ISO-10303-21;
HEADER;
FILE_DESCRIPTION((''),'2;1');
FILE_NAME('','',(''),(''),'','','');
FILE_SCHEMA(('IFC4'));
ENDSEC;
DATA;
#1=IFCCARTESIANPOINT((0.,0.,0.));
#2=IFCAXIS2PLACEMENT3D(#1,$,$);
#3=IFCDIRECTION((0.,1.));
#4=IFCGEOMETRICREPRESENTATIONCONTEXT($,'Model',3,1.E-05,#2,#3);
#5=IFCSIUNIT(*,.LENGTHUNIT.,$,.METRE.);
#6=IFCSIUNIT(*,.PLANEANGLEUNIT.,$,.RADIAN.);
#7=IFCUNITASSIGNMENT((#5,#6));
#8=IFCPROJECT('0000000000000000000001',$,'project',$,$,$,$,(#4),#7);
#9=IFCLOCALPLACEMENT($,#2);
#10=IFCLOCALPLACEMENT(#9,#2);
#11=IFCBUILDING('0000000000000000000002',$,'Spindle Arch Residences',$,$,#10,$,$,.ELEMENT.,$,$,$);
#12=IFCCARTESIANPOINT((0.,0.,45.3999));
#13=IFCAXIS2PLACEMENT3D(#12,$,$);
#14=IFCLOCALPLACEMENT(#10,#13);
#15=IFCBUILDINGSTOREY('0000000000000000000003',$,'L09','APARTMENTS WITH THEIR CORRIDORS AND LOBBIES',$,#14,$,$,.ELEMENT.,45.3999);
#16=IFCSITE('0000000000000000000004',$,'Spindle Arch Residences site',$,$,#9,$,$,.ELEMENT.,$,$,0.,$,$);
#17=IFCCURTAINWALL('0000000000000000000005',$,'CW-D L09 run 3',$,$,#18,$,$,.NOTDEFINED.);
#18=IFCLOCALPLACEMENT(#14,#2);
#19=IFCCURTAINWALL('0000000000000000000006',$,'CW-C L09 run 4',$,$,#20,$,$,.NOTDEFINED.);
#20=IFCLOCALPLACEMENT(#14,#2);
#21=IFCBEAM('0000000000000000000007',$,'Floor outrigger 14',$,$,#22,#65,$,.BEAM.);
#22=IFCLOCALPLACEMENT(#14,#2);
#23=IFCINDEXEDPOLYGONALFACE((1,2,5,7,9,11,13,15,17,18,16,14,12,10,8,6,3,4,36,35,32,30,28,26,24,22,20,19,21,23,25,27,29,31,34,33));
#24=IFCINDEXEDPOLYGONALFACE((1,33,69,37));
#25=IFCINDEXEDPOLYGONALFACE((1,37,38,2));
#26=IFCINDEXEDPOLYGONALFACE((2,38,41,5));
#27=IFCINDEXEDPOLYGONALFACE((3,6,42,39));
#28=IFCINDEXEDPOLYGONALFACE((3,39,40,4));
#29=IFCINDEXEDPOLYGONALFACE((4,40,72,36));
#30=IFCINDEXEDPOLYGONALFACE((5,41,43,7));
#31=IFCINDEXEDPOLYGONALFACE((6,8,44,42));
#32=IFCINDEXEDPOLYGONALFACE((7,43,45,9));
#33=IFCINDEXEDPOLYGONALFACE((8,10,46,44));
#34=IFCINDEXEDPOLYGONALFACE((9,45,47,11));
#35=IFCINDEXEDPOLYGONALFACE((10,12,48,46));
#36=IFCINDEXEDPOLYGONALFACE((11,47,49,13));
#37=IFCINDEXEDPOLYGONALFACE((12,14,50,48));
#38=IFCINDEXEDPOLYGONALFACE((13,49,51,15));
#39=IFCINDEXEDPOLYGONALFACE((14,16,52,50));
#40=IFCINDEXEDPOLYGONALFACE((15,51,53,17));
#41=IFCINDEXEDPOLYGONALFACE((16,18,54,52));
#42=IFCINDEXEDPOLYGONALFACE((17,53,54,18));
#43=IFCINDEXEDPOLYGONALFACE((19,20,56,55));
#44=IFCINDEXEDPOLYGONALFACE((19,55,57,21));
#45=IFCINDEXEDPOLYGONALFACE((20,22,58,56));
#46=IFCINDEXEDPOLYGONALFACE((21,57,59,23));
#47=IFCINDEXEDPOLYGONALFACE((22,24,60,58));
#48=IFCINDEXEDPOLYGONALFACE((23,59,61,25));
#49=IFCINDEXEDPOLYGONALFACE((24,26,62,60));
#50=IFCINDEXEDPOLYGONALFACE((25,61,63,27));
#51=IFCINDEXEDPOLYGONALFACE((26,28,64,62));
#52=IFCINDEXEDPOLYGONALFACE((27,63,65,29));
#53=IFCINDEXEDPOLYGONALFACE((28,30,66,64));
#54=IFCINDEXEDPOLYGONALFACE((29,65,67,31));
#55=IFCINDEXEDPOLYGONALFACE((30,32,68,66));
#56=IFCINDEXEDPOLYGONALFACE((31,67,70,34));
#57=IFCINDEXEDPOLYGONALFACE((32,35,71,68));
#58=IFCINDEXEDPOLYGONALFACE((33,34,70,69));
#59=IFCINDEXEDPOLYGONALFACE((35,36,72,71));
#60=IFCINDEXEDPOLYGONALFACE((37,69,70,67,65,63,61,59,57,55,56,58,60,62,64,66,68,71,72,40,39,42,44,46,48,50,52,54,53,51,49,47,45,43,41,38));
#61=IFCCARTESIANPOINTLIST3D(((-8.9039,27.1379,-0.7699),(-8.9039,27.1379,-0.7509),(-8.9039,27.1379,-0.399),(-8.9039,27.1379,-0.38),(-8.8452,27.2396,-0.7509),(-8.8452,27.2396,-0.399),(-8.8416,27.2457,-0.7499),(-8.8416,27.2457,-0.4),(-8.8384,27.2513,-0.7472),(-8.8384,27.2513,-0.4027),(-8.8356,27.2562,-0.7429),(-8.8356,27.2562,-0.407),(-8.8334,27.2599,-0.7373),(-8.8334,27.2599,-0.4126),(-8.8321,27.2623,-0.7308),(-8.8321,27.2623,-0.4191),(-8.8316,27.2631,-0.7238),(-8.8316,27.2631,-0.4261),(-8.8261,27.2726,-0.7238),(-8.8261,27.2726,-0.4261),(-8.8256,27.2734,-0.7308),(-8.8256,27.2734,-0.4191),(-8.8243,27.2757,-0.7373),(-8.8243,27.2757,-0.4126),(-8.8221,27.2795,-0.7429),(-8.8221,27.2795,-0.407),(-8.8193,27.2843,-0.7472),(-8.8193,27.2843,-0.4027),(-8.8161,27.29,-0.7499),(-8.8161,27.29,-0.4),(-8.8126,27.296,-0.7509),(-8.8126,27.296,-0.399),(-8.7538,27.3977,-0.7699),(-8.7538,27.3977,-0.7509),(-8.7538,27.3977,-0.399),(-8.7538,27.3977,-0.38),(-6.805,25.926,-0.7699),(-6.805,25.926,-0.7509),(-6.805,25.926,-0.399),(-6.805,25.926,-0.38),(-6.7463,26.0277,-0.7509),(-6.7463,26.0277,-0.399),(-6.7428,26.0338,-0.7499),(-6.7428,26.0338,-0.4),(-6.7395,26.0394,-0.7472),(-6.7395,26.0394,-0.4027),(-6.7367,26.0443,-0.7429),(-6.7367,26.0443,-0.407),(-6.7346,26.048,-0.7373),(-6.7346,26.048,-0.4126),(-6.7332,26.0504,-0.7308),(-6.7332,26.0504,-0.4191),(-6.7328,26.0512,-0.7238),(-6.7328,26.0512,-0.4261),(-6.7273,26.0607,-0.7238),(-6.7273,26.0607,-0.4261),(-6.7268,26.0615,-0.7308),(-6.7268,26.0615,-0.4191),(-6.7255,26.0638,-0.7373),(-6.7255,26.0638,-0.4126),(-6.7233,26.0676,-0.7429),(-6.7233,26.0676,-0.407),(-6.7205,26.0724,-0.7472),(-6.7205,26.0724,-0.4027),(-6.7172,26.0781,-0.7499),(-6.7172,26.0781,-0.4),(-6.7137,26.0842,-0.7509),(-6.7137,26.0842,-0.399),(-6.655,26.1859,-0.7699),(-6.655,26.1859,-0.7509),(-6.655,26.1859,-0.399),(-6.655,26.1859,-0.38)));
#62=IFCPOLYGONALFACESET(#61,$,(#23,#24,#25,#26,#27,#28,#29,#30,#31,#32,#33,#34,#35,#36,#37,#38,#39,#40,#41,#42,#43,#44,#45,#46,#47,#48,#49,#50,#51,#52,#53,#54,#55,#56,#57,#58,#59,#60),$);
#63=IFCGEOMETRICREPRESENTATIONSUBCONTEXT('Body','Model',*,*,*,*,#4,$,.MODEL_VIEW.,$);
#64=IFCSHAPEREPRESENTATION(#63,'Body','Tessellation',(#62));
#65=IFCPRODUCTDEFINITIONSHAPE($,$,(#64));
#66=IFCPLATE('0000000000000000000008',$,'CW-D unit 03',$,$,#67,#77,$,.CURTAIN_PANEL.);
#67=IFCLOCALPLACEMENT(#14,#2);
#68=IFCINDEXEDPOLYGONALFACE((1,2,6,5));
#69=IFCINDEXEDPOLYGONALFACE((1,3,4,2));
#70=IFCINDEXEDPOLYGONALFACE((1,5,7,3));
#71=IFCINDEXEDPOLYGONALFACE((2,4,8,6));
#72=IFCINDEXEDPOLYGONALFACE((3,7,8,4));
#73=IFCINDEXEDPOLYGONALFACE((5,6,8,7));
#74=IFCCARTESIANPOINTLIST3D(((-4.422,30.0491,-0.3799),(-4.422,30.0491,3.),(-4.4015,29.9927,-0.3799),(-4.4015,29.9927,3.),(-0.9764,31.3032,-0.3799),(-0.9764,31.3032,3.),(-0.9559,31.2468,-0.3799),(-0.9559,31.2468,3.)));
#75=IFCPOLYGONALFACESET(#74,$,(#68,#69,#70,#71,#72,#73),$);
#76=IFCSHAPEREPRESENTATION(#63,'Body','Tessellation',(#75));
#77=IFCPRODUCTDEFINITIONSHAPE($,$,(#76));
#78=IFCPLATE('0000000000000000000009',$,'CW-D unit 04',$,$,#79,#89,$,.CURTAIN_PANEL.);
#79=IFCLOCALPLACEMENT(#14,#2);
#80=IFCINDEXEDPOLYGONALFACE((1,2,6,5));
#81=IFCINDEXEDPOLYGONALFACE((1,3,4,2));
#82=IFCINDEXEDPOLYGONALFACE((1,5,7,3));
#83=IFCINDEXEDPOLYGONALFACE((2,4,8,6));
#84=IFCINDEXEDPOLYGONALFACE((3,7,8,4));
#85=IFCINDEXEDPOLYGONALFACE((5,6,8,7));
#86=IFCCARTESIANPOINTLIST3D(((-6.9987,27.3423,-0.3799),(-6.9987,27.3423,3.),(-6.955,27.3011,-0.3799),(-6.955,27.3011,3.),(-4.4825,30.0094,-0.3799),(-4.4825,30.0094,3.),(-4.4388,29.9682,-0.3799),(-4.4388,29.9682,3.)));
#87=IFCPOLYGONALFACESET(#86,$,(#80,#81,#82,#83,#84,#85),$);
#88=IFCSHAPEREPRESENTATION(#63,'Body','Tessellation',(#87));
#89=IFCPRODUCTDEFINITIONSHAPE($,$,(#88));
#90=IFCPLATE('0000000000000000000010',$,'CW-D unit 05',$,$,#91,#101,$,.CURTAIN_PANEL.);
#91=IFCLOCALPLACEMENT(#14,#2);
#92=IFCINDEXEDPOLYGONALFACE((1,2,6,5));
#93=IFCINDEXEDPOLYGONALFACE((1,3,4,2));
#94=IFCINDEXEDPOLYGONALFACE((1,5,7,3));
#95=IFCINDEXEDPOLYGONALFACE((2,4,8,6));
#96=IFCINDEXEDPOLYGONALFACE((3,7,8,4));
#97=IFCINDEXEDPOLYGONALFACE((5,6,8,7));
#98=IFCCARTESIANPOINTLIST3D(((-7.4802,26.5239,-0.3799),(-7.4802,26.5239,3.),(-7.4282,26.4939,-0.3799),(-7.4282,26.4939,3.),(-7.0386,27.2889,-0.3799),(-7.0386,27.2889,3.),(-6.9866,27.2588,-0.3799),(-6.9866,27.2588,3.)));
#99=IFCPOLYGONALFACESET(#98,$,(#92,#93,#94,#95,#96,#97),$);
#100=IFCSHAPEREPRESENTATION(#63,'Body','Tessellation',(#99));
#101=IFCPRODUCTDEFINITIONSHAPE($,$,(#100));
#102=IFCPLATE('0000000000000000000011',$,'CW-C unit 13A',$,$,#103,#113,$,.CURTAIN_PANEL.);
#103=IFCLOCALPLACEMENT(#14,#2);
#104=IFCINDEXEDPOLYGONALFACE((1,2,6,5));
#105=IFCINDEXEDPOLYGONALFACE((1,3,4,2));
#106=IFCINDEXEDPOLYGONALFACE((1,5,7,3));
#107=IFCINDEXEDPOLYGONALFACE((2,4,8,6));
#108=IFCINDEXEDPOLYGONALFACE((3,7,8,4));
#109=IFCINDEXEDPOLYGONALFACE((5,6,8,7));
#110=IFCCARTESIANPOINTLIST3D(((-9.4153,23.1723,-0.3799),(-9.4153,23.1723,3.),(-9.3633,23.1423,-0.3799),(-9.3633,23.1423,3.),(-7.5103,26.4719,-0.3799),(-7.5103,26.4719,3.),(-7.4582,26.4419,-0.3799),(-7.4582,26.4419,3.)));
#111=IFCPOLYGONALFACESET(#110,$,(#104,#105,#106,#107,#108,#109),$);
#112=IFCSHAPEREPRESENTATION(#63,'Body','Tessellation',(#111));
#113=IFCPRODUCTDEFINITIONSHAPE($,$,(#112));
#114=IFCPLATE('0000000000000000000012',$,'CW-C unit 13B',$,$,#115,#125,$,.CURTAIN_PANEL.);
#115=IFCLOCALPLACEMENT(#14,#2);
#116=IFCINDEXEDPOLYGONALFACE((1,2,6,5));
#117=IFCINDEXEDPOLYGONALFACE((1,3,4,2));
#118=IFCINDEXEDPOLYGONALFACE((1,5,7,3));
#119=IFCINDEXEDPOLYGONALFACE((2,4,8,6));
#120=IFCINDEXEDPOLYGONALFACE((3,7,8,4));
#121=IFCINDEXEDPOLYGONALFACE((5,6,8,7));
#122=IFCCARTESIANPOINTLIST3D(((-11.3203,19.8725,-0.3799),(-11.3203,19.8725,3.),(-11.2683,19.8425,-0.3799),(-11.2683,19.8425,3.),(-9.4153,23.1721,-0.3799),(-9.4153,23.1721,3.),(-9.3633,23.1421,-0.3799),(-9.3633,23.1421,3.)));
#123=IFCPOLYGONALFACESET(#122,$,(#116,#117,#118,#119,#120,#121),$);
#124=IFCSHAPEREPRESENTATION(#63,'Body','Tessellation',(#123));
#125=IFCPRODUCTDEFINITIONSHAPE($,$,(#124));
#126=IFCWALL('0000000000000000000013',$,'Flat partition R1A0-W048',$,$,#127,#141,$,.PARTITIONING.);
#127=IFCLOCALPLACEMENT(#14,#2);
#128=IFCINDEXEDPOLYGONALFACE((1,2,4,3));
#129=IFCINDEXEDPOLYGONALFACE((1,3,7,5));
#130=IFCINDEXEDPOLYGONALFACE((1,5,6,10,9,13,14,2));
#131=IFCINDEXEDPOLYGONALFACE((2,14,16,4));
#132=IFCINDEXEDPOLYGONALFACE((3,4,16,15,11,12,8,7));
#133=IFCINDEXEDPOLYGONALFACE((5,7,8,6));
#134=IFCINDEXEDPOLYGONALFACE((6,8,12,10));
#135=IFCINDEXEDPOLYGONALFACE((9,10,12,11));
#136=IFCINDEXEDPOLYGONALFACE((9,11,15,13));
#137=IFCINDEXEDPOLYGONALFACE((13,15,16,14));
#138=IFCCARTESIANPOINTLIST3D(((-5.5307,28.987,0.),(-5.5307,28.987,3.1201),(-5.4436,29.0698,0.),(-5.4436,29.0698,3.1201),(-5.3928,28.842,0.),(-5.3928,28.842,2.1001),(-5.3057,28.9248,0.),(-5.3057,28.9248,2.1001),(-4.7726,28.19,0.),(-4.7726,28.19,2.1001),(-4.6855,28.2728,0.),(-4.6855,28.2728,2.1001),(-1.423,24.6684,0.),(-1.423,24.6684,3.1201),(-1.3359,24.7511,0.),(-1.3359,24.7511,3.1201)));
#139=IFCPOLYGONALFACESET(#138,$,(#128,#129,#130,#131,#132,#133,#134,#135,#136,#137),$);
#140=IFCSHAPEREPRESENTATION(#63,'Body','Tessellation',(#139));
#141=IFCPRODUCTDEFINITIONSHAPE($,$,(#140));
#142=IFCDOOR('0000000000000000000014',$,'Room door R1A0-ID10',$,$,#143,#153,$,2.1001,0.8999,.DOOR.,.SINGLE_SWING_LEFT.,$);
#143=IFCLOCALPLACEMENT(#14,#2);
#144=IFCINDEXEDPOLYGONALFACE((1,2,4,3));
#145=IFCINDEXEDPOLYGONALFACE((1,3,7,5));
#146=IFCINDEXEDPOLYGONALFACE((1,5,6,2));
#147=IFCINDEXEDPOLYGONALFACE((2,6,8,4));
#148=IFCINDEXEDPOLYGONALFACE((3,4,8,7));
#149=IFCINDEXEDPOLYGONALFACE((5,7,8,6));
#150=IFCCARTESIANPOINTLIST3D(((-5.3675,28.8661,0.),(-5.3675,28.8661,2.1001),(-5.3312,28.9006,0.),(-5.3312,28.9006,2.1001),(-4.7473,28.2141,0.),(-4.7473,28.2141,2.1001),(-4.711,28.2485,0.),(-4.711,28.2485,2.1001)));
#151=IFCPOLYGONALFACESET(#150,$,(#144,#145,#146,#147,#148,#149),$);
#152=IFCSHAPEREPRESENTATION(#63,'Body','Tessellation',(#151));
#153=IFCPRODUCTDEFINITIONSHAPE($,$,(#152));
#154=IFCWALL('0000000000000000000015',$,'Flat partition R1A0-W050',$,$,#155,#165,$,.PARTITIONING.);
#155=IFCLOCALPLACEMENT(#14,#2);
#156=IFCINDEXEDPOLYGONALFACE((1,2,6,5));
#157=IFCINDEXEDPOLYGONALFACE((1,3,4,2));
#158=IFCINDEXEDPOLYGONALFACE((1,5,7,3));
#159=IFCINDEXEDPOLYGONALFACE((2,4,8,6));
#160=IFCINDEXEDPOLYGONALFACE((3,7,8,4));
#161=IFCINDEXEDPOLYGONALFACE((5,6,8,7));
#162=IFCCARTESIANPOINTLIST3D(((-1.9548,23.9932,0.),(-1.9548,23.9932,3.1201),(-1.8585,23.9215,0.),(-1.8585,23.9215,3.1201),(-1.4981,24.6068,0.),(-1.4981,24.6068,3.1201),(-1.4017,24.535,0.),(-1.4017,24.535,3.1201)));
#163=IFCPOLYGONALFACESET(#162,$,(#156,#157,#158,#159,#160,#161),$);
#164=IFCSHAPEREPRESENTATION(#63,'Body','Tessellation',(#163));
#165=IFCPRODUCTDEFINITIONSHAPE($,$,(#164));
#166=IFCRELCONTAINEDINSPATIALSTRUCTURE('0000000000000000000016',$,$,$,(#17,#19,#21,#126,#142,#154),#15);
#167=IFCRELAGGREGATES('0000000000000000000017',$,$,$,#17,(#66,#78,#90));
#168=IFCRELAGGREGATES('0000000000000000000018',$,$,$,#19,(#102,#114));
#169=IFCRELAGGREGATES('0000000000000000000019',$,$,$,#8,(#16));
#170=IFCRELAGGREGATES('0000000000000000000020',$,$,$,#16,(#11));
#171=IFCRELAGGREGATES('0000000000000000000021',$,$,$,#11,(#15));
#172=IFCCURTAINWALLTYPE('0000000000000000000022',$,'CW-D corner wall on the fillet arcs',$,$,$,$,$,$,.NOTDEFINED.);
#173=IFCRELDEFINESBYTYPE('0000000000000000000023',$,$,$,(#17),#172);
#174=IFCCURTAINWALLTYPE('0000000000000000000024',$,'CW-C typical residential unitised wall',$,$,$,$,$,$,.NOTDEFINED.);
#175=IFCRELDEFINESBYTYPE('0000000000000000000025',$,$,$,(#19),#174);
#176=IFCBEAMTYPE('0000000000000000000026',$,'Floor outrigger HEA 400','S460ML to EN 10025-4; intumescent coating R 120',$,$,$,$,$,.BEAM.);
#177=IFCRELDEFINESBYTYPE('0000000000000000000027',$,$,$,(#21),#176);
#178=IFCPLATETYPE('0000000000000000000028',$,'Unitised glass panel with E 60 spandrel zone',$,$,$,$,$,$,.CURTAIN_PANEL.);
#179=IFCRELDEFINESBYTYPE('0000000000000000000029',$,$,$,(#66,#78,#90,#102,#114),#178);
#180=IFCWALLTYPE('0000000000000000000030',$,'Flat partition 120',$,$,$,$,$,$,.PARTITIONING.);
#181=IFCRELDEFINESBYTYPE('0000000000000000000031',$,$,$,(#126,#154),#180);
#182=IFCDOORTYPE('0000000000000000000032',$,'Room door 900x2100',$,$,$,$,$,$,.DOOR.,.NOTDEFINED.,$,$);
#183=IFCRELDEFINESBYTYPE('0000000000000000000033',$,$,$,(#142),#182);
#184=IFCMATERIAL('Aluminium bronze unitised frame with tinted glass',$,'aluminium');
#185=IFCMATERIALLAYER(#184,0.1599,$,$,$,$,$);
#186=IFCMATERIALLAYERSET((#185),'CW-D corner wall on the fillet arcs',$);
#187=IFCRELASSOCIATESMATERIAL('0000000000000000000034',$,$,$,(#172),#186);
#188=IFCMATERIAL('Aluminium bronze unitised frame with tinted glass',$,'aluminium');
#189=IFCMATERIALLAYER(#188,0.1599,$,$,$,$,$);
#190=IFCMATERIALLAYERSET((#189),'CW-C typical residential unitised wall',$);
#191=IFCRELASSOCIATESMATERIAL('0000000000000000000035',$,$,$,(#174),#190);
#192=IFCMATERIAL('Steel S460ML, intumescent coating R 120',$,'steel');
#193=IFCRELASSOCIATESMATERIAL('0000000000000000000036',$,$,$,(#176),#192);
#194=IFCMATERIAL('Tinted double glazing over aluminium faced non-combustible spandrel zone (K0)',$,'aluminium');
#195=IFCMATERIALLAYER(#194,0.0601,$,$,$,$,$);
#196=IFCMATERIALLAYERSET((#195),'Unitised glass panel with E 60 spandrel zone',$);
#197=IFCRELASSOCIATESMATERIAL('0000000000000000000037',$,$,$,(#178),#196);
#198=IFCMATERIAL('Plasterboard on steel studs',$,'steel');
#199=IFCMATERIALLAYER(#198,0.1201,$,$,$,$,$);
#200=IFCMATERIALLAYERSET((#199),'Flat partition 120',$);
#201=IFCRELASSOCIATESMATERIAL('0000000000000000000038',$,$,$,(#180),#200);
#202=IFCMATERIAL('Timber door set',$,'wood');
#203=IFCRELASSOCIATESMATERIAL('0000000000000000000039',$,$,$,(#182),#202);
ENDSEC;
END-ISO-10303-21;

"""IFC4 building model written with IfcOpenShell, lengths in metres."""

from ifc_helpers import new_model, si_unit, direction, frame, frame_2d, origin, origin_2d, place, context, subcontext, project, spatial, rectangle, i_section, extrude, material, layer, layer_set, material_profile, profile_set, type_object, element, fill, aggregate, save


model = new_model("IFC4")

# Units and contexts
model_context = context("Model", 3, precision=1e-05, world=origin(), true_north=direction((0.0, 1.0)))
body_context = subcontext(model_context, "Body", "Model", "MODEL_VIEW")
ifc_project = project(units=[si_unit("LENGTHUNIT", "METRE"), si_unit("PLANEANGLEUNIT", "RADIAN")], contexts=[model_context])

# Site, building, storey
site_placement = place(None, origin())
site = spatial("IfcSite", under=ifc_project, at=site_placement, Name="Spindle Arch Residences site", CompositionType="ELEMENT", RefElevation=0.0)
building_placement = place(site_placement, origin())
building = spatial("IfcBuilding", under=site, at=building_placement, Name="Spindle Arch Residences", CompositionType="ELEMENT")
storey_placement = place(building_placement, frame((0.0, 0.0, 45.3999)))
storey = spatial("IfcBuildingStorey", under=building, at=storey_placement, Name="L09", Description="APARTMENTS WITH THEIR CORRIDORS AND LOBBIES", CompositionType="ELEMENT", Elevation=45.3999)

# Curtain wall
ifc_material_1 = material(Name="Aluminium bronze unitised frame with tinted glass", Category="aluminium")
ifc_layer_1 = layer(ifc_material_1, 0.1599)
ifc_layer_set_1 = layer_set([ifc_layer_1], Name="CW-D corner wall on the fillet arcs")
curtain_wall_type_1 = type_object("IfcCurtainWallType", Name="CW-D corner wall on the fillet arcs", PredefinedType="NOTDEFINED", material=ifc_layer_set_1)
curtain_wall_1_placement = place(storey_placement, origin())
curtain_wall_1 = element("IfcCurtainWall", 1, at=curtain_wall_1_placement, inside=storey, type_object=curtain_wall_type_1, Name="CW-D L09 run 3", PredefinedType="NOTDEFINED")

# Curtain wall
ifc_material_2 = material(Name="Aluminium bronze unitised frame with tinted glass", Category="aluminium")
ifc_layer_2 = layer(ifc_material_2, 0.1599)
ifc_layer_set_2 = layer_set([ifc_layer_2], Name="CW-C typical residential unitised wall")
curtain_wall_type_2 = type_object("IfcCurtainWallType", Name="CW-C typical residential unitised wall", PredefinedType="NOTDEFINED", material=ifc_layer_set_2)
curtain_wall_2_placement = place(storey_placement, origin())
curtain_wall_2 = element("IfcCurtainWall", 2, at=curtain_wall_2_placement, inside=storey, type_object=curtain_wall_type_2, Name="CW-C L09 run 4", PredefinedType="NOTDEFINED")

# Beam
ifc_material_3 = material(Name="Steel S460ML, intumescent coating R 120", Category="steel")
ifc_material_profile_1 = material_profile(ifc_material_3, i_section(OverallWidth=0.3, OverallDepth=0.3899, WebThickness=0.011, FlangeThickness=0.019, FilletRadius=0.0271, at=origin_2d()), Name="HEA 400")
ifc_profile_set_1 = profile_set([ifc_material_profile_1], Name="Steel S460ML, intumescent coating R 120")
beam_type_1 = type_object("IfcBeamType", Name="Floor outrigger HEA 400", Description="S460ML to EN 10025-4; intumescent coating R 120", PredefinedType="BEAM", material=ifc_profile_set_1)
beam_1_placement = place(storey_placement, frame((-8.8289, 27.2678, -0.575), z_axis=(0.866003, -0.500039, 0.0), x_axis=(0.500039, 0.866003, 0.0)))
element("IfcBeam", 3, at=beam_1_placement, inside=storey, type_object=beam_type_1, Name="Floor outrigger 14", PredefinedType="BEAM", context=body_context, shape_type="SweptSolid", body=[
    extrude(i_section(OverallWidth=0.3, OverallDepth=0.3899, WebThickness=0.011, FlangeThickness=0.019, FilletRadius=0.0271, at=origin_2d()), origin(), (0.0, 0.0, 1.0), 2.4236),
])

# Plates
ifc_material_4 = material(Name="Tinted double glazing over aluminium faced non-combustible spandrel zone (K0)", Category="aluminium")
ifc_layer_3 = layer(ifc_material_4, 0.0601)
ifc_layer_set_3 = layer_set([ifc_layer_3], Name="Unitised glass panel with E 60 spandrel zone")
plate_type = type_object("IfcPlateType", Name="Unitised glass panel with E 60 spandrel zone", PredefinedType="CURTAIN_PANEL", material=ifc_layer_set_3)
plate_1_placement = place(storey_placement, frame((-2.689, 30.6479, -0.3799), z_axis=(0.0, 0.0, 1.0), x_axis=(-0.939693, -0.34202, 0.0)))
plate_1 = element("IfcPlate", 4, at=plate_1_placement, type_object=plate_type, Name="CW-D unit 03", PredefinedType="CURTAIN_PANEL", context=body_context, shape_type="SweptSolid", body=[
    extrude(rectangle(XDim=3.6667, YDim=0.0601, at=origin_2d()), origin(), (0.0, 0.0, 1.0), 3.3799),
])
plate_2_placement = place(storey_placement, frame((-5.7188, 28.6553, -0.3799), z_axis=(0.0, 0.0, 1.0), x_axis=(-0.686242, -0.727374, 0.0)))
plate_2 = element("IfcPlate", 5, at=plate_2_placement, type_object=plate_type, Name="CW-D unit 04", PredefinedType="CURTAIN_PANEL", context=body_context, shape_type="SweptSolid", body=[
    extrude(rectangle(XDim=3.6667, YDim=0.0601, at=origin_2d()), origin(), (0.0, 0.0, 1.0), 3.3799),
])
plate_3_placement = place(storey_placement, frame((-7.2334, 26.8914, -0.3799), z_axis=(0.0, 0.0, 1.0), x_axis=(-0.5, -0.866025, 0.0)))
plate_3 = element("IfcPlate", 6, at=plate_3_placement, type_object=plate_type, Name="CW-D unit 05", PredefinedType="CURTAIN_PANEL", context=body_context, shape_type="SweptSolid", body=[
    extrude(rectangle(XDim=0.8833, YDim=0.0601, at=origin_2d()), origin(), (0.0, 0.0, 1.0), 3.3799),
])
aggregate(curtain_wall_1, [plate_1, plate_2, plate_3])
plate_4_placement = place(storey_placement, frame((-8.4368, 24.8071, -0.3799), z_axis=(0.0, 0.0, 1.0), x_axis=(-0.5, -0.866025, 0.0)))
plate_4 = element("IfcPlate", 7, at=plate_4_placement, type_object=plate_type, Name="CW-C unit 13A", PredefinedType="CURTAIN_PANEL", context=body_context, shape_type="SweptSolid", body=[
    extrude(rectangle(XDim=3.8101, YDim=0.0601, at=origin_2d()), origin(), (0.0, 0.0, 1.0), 3.3799),
])
plate_5_placement = place(storey_placement, frame((-10.3418, 21.5073, -0.3799), z_axis=(0.0, 0.0, 1.0), x_axis=(-0.5, -0.866025, 0.0)))
plate_5 = element("IfcPlate", 8, at=plate_5_placement, type_object=plate_type, Name="CW-C unit 13B", PredefinedType="CURTAIN_PANEL", context=body_context, shape_type="SweptSolid", body=[
    extrude(rectangle(XDim=3.8101, YDim=0.0601, at=origin_2d()), origin(), (0.0, 0.0, 1.0), 3.3799),
])
aggregate(curtain_wall_2, [plate_4, plate_5])

# Wall, opening, door
ifc_material_5 = material(Name="Plasterboard on steel studs", Category="steel")
ifc_layer_4 = layer(ifc_material_5, 0.1201)
ifc_layer_set_4 = layer_set([ifc_layer_4], Name="Flat partition 120")
wall_type = type_object("IfcWallType", Name="Flat partition 120", PredefinedType="PARTITIONING", material=ifc_layer_set_4)
wall_1_placement = place(storey_placement, frame((-5.4871, 29.0283, 0.0), z_axis=(0.0, 0.0, 1.0), x_axis=(0.68919, -0.724581, 0.0)))
wall_1 = element("IfcWall", 9, at=wall_1_placement, inside=storey, type_object=wall_type, Name="Flat partition R1A0-W048", PredefinedType="PARTITIONING", context=body_context, shape_type="SweptSolid", body=[
    extrude(rectangle(XDim=5.9602, YDim=0.1201, at=frame_2d((2.98, 0.0))), origin(), (0.0, 0.0, 1.0), 3.1201),
])
opening_1_placement = place(wall_1_placement, frame((0.2, 0.0, 0.0)))
opening_1 = element("IfcOpeningElement", 10, at=opening_1_placement, cuts=wall_1, PredefinedType="OPENING", context=body_context, shape_type="SweptSolid", body=[
    extrude(rectangle(XDim=0.8999, YDim=2.1001, at=frame_2d((0.45, 1.05))), frame((0.0, 0.0701, 0.0), z_axis=(0.0, -1.0, 0.0), x_axis=(1.0, 0.0, 0.0)), (0.0, 0.0, 1.0), 0.1401),
])
ifc_material_6 = material(Name="Timber door set", Category="wood")
door_type = type_object("IfcDoorType", Name="Room door 900x2100", OperationType="NOTDEFINED", PredefinedType="DOOR", material=ifc_material_6)
door_1_placement = place(opening_1_placement, origin())
door_1 = element("IfcDoor", 11, at=door_1_placement, inside=storey, type_object=door_type, Name="Room door R1A0-ID10", OperationType="SINGLE_SWING_LEFT", OverallHeight=2.1001, OverallWidth=0.8999, PredefinedType="DOOR", context=body_context, shape_type="SweptSolid", body=[
    extrude(rectangle(XDim=0.8999, YDim=2.1001, at=frame_2d((0.45, 1.05))), frame((0.0, 0.0249, 0.0), z_axis=(0.0, -1.0, 0.0), x_axis=(1.0, 0.0, 0.0)), (0.0, 0.0, 1.0), 0.05),
])
fill(opening_1, door_1)

# Wall
wall_2_placement = place(storey_placement, frame((-1.45, 24.5708, 0.0), z_axis=(0.0, 0.0, 1.0), x_axis=(-0.597188, -0.802102, 0.0)))
element("IfcWall", 12, at=wall_2_placement, inside=storey, type_object=wall_type, Name="Flat partition R1A0-W050", PredefinedType="PARTITIONING", context=body_context, shape_type="SweptSolid", body=[
    extrude(rectangle(XDim=0.7649, YDim=0.1201, at=frame_2d((0.3823, 0.0))), origin(), (0.0, 0.0, 1.0), 3.1201),
])

save(model, "model.ifc")
